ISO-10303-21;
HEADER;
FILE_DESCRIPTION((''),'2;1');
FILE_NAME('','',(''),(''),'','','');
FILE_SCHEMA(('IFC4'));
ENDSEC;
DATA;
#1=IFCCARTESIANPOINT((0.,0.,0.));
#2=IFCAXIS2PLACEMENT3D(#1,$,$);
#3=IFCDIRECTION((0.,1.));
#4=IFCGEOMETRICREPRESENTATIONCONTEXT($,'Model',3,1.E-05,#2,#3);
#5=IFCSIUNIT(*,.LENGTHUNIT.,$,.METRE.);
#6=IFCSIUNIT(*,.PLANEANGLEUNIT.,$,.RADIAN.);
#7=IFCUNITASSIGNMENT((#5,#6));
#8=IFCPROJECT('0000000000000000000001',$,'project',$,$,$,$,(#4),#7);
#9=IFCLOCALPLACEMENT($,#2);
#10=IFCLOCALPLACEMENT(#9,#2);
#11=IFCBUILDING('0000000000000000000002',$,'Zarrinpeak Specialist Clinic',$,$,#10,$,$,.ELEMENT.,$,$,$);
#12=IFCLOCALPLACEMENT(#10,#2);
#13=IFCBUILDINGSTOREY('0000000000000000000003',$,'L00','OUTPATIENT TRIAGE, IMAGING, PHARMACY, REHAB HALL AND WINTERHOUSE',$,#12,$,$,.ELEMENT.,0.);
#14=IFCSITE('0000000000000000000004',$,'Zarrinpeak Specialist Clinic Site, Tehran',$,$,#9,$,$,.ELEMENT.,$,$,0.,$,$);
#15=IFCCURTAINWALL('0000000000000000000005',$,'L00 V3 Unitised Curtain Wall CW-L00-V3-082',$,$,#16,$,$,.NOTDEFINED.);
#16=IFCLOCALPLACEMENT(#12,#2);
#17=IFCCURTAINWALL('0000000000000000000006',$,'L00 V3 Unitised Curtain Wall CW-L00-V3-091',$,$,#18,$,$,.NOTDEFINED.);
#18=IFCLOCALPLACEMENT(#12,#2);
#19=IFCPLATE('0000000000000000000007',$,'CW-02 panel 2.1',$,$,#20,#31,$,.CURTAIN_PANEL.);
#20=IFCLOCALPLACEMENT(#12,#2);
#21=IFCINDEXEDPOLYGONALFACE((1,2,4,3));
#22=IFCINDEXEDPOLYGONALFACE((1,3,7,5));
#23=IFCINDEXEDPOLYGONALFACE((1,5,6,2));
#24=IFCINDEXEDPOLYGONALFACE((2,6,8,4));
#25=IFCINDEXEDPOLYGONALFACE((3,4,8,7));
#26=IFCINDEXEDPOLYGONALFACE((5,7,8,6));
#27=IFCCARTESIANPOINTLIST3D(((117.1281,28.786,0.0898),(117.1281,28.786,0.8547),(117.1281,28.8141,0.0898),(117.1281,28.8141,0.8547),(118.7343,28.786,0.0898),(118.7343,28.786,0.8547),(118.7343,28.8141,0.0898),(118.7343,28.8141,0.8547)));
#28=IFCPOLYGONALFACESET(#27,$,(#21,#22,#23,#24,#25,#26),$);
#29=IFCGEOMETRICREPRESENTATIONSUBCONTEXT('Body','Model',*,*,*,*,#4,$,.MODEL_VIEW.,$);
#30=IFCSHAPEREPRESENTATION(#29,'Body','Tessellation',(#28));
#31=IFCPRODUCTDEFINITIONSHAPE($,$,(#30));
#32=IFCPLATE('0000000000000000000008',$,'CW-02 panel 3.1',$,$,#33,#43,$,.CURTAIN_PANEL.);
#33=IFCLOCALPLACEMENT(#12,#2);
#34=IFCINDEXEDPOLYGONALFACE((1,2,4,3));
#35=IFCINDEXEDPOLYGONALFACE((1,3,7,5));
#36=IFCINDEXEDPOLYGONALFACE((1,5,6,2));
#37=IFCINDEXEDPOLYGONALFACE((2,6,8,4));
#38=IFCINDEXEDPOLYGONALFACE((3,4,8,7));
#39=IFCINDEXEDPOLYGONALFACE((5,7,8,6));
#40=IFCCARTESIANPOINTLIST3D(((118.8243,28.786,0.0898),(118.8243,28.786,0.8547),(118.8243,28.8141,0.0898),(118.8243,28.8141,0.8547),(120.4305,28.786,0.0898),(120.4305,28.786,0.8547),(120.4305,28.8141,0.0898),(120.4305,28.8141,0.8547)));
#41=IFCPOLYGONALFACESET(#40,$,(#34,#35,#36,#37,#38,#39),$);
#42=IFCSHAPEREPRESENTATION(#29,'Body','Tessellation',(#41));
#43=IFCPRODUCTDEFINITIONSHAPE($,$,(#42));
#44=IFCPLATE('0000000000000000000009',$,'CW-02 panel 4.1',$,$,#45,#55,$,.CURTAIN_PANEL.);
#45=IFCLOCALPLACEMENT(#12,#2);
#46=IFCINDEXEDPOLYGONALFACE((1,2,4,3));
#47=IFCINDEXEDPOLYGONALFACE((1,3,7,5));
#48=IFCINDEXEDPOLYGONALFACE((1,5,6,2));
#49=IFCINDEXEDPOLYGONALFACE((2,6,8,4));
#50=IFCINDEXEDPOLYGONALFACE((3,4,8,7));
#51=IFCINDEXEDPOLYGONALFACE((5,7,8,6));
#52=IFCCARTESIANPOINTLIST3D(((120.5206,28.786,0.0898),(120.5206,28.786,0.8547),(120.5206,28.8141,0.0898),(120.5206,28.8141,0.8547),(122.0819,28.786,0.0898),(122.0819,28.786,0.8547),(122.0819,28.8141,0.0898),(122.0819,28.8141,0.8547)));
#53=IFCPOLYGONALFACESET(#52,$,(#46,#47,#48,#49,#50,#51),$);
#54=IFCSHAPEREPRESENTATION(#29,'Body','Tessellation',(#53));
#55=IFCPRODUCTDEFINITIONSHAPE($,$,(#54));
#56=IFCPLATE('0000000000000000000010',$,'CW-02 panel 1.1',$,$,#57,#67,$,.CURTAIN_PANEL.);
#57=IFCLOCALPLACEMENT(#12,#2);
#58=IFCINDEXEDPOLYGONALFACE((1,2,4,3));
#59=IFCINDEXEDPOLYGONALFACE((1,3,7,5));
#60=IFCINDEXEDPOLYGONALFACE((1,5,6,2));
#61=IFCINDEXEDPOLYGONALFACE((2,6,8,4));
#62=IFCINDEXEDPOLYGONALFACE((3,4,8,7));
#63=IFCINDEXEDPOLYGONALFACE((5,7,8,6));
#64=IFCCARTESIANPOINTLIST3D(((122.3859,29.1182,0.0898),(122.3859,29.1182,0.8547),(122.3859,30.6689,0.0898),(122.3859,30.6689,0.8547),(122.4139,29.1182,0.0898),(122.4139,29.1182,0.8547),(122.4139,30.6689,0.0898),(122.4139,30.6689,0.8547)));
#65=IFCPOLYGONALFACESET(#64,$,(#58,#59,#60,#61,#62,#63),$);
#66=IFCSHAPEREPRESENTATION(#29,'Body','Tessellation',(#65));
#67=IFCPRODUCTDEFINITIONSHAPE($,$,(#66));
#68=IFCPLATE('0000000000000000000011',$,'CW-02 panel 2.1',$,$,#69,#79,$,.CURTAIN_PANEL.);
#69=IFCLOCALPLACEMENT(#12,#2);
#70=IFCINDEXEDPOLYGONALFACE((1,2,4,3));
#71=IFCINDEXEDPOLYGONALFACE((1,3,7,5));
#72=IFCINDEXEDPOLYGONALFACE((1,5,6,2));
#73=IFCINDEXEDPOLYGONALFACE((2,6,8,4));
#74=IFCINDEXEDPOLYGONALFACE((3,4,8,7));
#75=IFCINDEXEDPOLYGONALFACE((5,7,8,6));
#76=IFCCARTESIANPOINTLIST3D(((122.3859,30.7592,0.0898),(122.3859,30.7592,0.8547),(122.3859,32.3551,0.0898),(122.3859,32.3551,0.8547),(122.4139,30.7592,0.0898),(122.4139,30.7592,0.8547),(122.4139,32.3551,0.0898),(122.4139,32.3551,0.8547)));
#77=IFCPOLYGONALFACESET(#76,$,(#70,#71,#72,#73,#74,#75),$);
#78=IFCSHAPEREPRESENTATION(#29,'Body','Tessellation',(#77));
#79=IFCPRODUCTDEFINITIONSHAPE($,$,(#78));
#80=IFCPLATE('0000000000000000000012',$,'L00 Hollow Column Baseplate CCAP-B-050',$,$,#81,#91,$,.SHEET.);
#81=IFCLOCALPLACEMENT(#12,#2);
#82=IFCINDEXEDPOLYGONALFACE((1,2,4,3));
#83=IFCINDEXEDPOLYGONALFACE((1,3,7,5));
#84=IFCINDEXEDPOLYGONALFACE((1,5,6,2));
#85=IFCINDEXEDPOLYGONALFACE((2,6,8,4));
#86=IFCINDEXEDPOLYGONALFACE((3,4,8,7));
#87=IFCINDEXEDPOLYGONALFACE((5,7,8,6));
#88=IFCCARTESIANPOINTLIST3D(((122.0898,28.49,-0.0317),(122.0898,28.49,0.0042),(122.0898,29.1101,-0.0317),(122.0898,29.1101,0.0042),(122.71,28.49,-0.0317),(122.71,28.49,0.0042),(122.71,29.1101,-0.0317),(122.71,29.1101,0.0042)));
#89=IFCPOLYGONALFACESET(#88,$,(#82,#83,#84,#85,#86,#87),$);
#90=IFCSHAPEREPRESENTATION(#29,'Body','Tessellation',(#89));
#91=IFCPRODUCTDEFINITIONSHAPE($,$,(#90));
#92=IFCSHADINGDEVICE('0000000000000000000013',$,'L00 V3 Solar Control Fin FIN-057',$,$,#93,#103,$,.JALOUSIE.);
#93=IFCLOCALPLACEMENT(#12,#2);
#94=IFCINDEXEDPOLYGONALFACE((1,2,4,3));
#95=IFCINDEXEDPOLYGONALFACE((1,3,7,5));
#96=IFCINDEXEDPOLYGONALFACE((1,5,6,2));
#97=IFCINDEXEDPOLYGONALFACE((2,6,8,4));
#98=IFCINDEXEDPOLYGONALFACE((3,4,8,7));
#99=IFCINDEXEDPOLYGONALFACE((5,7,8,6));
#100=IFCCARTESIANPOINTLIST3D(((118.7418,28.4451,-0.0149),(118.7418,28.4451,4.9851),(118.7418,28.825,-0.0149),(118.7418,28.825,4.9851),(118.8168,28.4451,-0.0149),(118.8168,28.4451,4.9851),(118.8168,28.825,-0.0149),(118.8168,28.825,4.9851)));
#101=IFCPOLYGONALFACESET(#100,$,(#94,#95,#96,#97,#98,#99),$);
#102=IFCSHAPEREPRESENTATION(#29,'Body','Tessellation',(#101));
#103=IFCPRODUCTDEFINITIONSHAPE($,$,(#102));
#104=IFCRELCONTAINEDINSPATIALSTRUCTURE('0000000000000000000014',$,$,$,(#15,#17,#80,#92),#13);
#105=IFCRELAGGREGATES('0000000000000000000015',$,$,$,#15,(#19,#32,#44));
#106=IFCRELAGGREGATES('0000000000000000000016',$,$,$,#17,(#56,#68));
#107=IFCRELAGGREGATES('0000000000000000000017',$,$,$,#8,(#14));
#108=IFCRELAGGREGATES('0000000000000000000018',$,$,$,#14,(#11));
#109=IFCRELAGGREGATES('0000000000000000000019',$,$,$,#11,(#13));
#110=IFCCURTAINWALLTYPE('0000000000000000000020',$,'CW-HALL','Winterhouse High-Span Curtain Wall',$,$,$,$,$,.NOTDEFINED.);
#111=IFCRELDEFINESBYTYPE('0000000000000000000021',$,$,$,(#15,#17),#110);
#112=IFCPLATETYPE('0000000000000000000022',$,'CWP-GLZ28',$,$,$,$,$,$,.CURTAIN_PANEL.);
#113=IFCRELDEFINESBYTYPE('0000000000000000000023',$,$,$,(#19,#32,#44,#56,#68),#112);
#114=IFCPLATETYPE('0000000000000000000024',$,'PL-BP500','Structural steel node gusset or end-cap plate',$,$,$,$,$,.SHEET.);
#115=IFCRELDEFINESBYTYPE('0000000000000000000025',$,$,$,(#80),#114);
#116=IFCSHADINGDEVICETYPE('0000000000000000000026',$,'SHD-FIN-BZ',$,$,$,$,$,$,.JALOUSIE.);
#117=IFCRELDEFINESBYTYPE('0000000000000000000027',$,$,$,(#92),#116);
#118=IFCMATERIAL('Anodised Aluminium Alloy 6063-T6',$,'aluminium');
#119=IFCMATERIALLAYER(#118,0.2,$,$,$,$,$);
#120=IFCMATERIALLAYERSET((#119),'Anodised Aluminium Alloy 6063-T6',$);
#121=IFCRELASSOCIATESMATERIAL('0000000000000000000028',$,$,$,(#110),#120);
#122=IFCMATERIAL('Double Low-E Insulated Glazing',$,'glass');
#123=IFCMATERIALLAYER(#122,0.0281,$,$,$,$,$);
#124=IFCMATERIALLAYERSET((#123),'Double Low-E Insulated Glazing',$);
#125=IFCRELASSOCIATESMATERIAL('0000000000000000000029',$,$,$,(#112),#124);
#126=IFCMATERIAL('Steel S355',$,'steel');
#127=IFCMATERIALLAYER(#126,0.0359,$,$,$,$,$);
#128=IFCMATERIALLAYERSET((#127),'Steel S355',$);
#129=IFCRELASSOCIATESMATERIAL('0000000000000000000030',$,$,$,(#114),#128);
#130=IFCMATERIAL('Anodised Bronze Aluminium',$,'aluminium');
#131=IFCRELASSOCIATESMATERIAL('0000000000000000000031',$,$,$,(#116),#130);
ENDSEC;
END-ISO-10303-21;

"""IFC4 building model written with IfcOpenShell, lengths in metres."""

from ifc_helpers import new_model, si_unit, direction, frame, origin, origin_2d, place, context, subcontext, project, spatial, rectangle, extrude, material, layer, layer_set, type_object, element, aggregate, save


model = new_model("IFC4")

# Units and contexts
model_context = context("Model", 3, precision=1e-05, world=origin(), true_north=direction((0.0, 1.0)))
body_context = subcontext(model_context, "Body", "Model", "MODEL_VIEW")
ifc_project = project(units=[si_unit("LENGTHUNIT", "METRE"), si_unit("PLANEANGLEUNIT", "RADIAN")], contexts=[model_context])

# Site, building, storey
site_placement = place(None, origin())
site = spatial("IfcSite", under=ifc_project, at=site_placement, Name="Zarrinpeak Specialist Clinic Site, Tehran", CompositionType="ELEMENT", RefElevation=0.0)
building_placement = place(site_placement, origin())
building = spatial("IfcBuilding", under=site, at=building_placement, Name="Zarrinpeak Specialist Clinic", CompositionType="ELEMENT")
storey_placement = place(building_placement, origin())
storey = spatial("IfcBuildingStorey", under=building, at=storey_placement, Name="L00", Description="OUTPATIENT TRIAGE, IMAGING, PHARMACY, REHAB HALL AND WINTERHOUSE", CompositionType="ELEMENT", Elevation=0.0)

# Shared definitions
ifc_material_1 = material(Name="Steel S355", Category="steel")

# Curtain walls
ifc_material_2 = material(Name="Anodised Aluminium Alloy 6063-T6", Category="aluminium")
ifc_layer_1 = layer(ifc_material_2, 0.2)
ifc_layer_set_1 = layer_set([ifc_layer_1], Name="Anodised Aluminium Alloy 6063-T6")
curtain_wall_type = type_object("IfcCurtainWallType", Name="CW-HALL", Description="Winterhouse High-Span Curtain Wall", PredefinedType="NOTDEFINED", material=ifc_layer_set_1)
curtain_wall_1_placement = place(storey_placement, origin())
curtain_wall_1 = element("IfcCurtainWall", 1, at=curtain_wall_1_placement, inside=storey, type_object=curtain_wall_type, Name="L00 V3 Unitised Curtain Wall CW-L00-V3-082", PredefinedType="NOTDEFINED")
curtain_wall_2_placement = place(storey_placement, origin())
curtain_wall_2 = element("IfcCurtainWall", 2, at=curtain_wall_2_placement, inside=storey, type_object=curtain_wall_type, Name="L00 V3 Unitised Curtain Wall CW-L00-V3-091", PredefinedType="NOTDEFINED")

# Plates
ifc_material_3 = material(Name="Double Low-E Insulated Glazing", Category="glass")
ifc_layer_2 = layer(ifc_material_3, 0.0281)
ifc_layer_set_2 = layer_set([ifc_layer_2], Name="Double Low-E Insulated Glazing")
plate_type_1 = type_object("IfcPlateType", Name="CWP-GLZ28", PredefinedType="CURTAIN_PANEL", material=ifc_layer_set_2)
plate_1_placement = place(storey_placement, frame((117.9312, 28.8, 0.0898), z_axis=(0.0, 0.0, 1.0), x_axis=(1.0, 0.0, 0.0)))
plate_1 = element("IfcPlate", 3, at=plate_1_placement, type_object=plate_type_1, Name="CW-02 panel 2.1", PredefinedType="CURTAIN_PANEL", context=body_context, shape_type="SweptSolid", body=[
    extrude(rectangle(XDim=1.6062, YDim=0.0281, at=origin_2d()), origin(), (0.0, 0.0, 1.0), 0.7649),
])
plate_2_placement = place(storey_placement, frame((119.6274, 28.8, 0.0898), z_axis=(0.0, 0.0, 1.0), x_axis=(1.0, 0.0, 0.0)))
plate_2 = element("IfcPlate", 4, at=plate_2_placement, type_object=plate_type_1, Name="CW-02 panel 3.1", PredefinedType="CURTAIN_PANEL", context=body_context, shape_type="SweptSolid", body=[
    extrude(rectangle(XDim=1.6062, YDim=0.0281, at=origin_2d()), origin(), (0.0, 0.0, 1.0), 0.7649),
])
plate_3_placement = place(storey_placement, frame((121.3013, 28.8, 0.0898), z_axis=(0.0, 0.0, 1.0), x_axis=(1.0, 0.0, 0.0)))
plate_3 = element("IfcPlate", 5, at=plate_3_placement, type_object=plate_type_1, Name="CW-02 panel 4.1", PredefinedType="CURTAIN_PANEL", context=body_context, shape_type="SweptSolid", body=[
    extrude(rectangle(XDim=1.5613, YDim=0.0281, at=origin_2d()), origin(), (0.0, 0.0, 1.0), 0.7649),
])
aggregate(curtain_wall_1, [plate_1, plate_2, plate_3])
plate_4_placement = place(storey_placement, frame((122.3999, 29.8936, 0.0898), z_axis=(0.0, 0.0, 1.0), x_axis=(0.0, 1.0, 0.0)))
plate_4 = element("IfcPlate", 6, at=plate_4_placement, type_object=plate_type_1, Name="CW-02 panel 1.1", PredefinedType="CURTAIN_PANEL", context=body_context, shape_type="SweptSolid", body=[
    extrude(rectangle(XDim=1.5508, YDim=0.0281, at=origin_2d()), origin(), (0.0, 0.0, 1.0), 0.7649),
])
plate_5_placement = place(storey_placement, frame((122.3999, 31.5571, 0.0898), z_axis=(0.0, 0.0, 1.0), x_axis=(0.0, 1.0, 0.0)))
plate_5 = element("IfcPlate", 7, at=plate_5_placement, type_object=plate_type_1, Name="CW-02 panel 2.1", PredefinedType="CURTAIN_PANEL", context=body_context, shape_type="SweptSolid", body=[
    extrude(rectangle(XDim=1.5959, YDim=0.0281, at=origin_2d()), origin(), (0.0, 0.0, 1.0), 0.7649),
])
aggregate(curtain_wall_2, [plate_4, plate_5])
ifc_layer_3 = layer(ifc_material_1, 0.0359)
ifc_layer_set_3 = layer_set([ifc_layer_3], Name="Steel S355")
plate_type_2 = type_object("IfcPlateType", Name="PL-BP500", Description="Structural steel node gusset or end-cap plate", PredefinedType="SHEET", material=ifc_layer_set_3)
plate_6_placement = place(storey_placement, frame((122.3999, 28.8, -0.0317), z_axis=(0.0, 0.0, 1.0), x_axis=(1.0, 0.0, 0.0)))
element("IfcPlate", 8, at=plate_6_placement, inside=storey, type_object=plate_type_2, Name="L00 Hollow Column Baseplate CCAP-B-050", PredefinedType="SHEET", context=body_context, shape_type="SweptSolid", body=[
    extrude(rectangle(XDim=0.6201, YDim=0.6201, at=origin_2d()), origin(), (0.0, 0.0, 1.0), 0.0359),
])

# Shading device
ifc_material_4 = material(Name="Anodised Bronze Aluminium", Category="aluminium")
shading_device_type = type_object("IfcShadingDeviceType", Name="SHD-FIN-BZ", PredefinedType="JALOUSIE", material=ifc_material_4)
shading_device_placement = place(storey_placement, frame((118.7793, 28.635, -0.0149), z_axis=(0.0, 0.0, 1.0), x_axis=(1.0, 0.0, 0.0)))
element("IfcShadingDevice", 9, at=shading_device_placement, inside=storey, type_object=shading_device_type, Name="L00 V3 Solar Control Fin FIN-057", PredefinedType="JALOUSIE", context=body_context, shape_type="SweptSolid", body=[
    extrude(rectangle(XDim=0.075, YDim=0.3799, at=origin_2d()), origin(), (0.0, 0.0, 1.0), 5.0),
])

save(model, "model.ifc")
